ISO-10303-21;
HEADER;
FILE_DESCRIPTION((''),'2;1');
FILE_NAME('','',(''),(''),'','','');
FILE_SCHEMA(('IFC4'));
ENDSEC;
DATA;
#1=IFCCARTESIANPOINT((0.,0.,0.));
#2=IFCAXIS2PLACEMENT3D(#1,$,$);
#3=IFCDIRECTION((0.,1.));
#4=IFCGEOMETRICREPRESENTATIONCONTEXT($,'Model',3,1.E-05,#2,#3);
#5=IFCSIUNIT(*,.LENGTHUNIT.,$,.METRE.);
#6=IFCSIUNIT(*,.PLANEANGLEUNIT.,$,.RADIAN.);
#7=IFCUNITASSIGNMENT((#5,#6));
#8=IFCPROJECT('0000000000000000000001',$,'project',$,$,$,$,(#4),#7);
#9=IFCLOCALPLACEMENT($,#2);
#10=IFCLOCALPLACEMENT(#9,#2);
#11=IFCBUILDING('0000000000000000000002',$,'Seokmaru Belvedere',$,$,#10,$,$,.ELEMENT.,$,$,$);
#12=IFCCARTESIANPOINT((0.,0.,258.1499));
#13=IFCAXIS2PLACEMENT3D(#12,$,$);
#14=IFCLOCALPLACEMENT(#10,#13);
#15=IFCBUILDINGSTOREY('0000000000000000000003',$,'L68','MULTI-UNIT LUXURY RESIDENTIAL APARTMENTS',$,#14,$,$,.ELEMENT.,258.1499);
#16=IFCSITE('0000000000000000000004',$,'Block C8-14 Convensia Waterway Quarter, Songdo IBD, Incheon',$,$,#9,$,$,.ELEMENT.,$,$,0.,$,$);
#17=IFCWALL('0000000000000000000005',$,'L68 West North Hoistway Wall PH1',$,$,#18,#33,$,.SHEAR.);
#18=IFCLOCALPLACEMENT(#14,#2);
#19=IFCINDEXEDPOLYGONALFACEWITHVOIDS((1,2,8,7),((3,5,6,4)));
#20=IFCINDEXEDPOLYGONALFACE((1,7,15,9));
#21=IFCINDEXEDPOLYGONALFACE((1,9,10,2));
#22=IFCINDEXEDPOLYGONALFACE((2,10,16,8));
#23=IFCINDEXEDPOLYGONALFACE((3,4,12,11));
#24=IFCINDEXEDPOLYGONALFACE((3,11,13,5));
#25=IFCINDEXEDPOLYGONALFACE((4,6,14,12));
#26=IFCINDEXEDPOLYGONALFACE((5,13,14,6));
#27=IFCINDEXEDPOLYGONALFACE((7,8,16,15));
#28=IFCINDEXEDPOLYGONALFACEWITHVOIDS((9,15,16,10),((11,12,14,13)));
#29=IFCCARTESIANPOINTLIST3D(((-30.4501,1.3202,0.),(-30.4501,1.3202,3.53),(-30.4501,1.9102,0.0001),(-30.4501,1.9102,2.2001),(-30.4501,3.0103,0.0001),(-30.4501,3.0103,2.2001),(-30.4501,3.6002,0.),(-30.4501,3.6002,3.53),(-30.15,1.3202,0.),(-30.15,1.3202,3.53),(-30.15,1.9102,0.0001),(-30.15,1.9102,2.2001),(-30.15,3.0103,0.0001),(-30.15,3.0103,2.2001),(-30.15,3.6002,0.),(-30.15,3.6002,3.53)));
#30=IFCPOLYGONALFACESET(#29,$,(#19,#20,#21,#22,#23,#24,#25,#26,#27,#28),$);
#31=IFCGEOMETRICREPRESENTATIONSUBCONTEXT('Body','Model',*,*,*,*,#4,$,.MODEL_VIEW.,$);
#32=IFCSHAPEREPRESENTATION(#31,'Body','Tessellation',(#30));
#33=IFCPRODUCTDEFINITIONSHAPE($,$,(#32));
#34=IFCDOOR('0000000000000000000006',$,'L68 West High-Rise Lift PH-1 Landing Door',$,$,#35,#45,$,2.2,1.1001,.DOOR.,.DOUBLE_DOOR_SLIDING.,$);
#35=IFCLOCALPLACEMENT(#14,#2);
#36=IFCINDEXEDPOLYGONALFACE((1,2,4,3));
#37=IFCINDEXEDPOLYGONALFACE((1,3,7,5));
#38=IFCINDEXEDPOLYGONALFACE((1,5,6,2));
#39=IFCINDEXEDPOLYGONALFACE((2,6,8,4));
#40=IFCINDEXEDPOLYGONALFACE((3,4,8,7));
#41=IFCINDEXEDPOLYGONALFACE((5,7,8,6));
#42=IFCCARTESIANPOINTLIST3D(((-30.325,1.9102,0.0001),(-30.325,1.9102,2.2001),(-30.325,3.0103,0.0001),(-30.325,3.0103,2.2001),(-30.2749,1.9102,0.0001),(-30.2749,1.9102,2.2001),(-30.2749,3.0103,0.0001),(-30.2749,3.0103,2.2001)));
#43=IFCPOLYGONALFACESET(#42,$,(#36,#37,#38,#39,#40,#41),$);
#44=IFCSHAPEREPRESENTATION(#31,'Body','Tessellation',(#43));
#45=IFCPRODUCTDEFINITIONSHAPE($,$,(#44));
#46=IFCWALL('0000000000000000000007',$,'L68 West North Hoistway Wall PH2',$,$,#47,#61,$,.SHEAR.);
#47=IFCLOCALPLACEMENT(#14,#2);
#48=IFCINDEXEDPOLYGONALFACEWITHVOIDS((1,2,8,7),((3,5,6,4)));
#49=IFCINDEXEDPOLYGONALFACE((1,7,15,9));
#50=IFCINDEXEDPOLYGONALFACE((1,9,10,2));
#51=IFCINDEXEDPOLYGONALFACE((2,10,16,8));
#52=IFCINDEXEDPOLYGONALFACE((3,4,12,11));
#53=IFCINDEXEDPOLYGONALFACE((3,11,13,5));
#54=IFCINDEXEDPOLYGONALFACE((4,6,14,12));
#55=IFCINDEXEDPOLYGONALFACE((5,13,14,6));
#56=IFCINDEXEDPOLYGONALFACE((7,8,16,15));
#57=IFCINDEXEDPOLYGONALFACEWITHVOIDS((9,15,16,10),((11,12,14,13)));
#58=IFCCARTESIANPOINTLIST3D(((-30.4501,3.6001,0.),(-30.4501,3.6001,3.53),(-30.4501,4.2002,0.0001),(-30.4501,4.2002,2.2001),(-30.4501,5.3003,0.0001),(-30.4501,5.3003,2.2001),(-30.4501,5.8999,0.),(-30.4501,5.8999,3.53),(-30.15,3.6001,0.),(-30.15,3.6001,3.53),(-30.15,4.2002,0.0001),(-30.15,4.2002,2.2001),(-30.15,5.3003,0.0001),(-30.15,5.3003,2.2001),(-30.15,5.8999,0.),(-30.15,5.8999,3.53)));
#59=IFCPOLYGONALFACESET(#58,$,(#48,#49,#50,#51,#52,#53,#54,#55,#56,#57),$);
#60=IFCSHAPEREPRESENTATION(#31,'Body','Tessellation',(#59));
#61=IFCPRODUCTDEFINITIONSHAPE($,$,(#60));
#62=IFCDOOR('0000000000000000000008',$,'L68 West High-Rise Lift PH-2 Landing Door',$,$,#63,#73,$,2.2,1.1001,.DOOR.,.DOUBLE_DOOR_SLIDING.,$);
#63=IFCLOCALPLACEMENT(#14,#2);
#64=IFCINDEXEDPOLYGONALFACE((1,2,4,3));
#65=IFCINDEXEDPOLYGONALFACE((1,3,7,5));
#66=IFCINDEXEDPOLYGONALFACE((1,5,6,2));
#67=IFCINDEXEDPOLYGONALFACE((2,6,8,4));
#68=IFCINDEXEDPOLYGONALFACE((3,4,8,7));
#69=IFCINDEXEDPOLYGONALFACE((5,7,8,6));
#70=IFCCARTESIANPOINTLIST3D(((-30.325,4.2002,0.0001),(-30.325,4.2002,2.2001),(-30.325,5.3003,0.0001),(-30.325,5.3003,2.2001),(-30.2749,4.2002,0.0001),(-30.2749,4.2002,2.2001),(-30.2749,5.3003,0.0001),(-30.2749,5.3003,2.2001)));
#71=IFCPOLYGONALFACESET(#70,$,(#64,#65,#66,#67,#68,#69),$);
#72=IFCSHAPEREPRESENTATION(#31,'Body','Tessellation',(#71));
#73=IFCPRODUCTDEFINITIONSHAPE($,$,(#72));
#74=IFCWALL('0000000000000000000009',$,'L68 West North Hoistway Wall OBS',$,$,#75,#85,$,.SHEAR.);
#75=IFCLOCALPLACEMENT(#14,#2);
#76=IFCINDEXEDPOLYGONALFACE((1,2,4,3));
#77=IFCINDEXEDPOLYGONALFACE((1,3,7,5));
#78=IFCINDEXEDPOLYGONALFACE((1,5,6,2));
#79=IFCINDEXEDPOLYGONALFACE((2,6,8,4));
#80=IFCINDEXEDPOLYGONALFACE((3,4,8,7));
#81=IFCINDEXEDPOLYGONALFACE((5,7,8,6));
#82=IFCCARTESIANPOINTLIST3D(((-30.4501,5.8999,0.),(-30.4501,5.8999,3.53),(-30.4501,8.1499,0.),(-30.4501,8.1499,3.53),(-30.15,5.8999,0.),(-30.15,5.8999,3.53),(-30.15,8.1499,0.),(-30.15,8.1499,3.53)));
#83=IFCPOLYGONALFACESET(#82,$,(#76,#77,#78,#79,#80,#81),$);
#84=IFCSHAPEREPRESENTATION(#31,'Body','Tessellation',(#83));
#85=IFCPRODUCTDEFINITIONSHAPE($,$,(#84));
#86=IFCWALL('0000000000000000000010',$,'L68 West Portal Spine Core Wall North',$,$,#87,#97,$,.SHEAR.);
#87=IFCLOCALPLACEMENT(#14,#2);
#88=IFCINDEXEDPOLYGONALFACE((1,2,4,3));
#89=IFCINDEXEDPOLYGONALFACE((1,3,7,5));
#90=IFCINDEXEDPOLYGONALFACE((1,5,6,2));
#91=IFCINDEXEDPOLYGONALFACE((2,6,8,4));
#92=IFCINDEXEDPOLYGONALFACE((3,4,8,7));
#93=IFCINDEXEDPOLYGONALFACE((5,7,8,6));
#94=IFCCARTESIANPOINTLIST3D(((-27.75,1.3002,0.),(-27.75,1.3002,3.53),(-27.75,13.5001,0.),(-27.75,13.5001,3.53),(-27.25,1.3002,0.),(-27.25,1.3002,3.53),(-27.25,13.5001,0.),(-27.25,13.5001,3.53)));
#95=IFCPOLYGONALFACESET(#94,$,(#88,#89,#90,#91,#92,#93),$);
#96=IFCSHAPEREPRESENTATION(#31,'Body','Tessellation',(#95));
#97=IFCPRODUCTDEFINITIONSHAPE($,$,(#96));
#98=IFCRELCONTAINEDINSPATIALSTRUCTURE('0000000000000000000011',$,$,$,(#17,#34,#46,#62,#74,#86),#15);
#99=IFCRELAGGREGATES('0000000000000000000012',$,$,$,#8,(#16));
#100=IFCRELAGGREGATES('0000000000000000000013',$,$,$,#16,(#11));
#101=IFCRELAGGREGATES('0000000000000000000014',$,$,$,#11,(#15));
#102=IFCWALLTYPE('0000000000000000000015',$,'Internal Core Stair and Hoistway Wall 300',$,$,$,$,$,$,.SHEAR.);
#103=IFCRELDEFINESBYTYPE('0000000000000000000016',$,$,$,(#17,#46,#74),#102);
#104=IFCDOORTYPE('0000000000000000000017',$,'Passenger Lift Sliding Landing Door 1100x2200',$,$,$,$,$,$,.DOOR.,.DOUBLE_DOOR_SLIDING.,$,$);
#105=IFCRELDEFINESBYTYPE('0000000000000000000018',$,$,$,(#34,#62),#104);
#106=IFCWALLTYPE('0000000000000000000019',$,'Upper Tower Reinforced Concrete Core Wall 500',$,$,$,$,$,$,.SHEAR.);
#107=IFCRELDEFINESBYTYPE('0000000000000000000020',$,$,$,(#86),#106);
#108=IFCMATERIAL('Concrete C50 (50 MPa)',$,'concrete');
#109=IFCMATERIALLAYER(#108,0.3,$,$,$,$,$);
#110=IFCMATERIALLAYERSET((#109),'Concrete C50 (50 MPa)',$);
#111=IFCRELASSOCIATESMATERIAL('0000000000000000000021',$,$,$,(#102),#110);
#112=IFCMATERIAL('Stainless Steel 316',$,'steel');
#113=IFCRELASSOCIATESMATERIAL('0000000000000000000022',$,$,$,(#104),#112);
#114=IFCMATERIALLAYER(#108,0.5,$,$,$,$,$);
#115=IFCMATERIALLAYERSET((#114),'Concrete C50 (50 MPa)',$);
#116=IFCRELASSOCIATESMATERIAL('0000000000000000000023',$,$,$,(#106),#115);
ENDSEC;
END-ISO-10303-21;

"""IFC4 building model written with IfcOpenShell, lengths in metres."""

from ifc_helpers import new_model, si_unit, direction, frame, frame_2d, origin, place, context, subcontext, project, spatial, rectangle, extrude, source, transform, mapped, material, layer, layer_set, type_object, type_shapes, element, fill, save


model = new_model("IFC4")

# Units and contexts
model_context = context("Model", 3, precision=1e-05, world=origin(), true_north=direction((0.0, 1.0)))
body_context = subcontext(model_context, "Body", "Model", "MODEL_VIEW")
ifc_project = project(units=[si_unit("LENGTHUNIT", "METRE"), si_unit("PLANEANGLEUNIT", "RADIAN")], contexts=[model_context])

# Site, building, storey
site_placement = place(None, origin())
site = spatial("IfcSite", under=ifc_project, at=site_placement, Name="Block C8-14 Convensia Waterway Quarter, Songdo IBD, Incheon", CompositionType="ELEMENT", RefElevation=0.0)
building_placement = place(site_placement, origin())
building = spatial("IfcBuilding", under=site, at=building_placement, Name="Seokmaru Belvedere", CompositionType="ELEMENT")
storey_placement = place(building_placement, frame((0.0, 0.0, 258.1499)))
storey = spatial("IfcBuildingStorey", under=building, at=storey_placement, Name="L68", Description="MULTI-UNIT LUXURY RESIDENTIAL APARTMENTS", CompositionType="ELEMENT", Elevation=258.1499)

# Walls, openings, doors
ifc_material_1 = material(Name="Concrete C50 (50 MPa)", Category="concrete")
ifc_layer_1 = layer(ifc_material_1, 0.3)
ifc_layer_set_1 = layer_set([ifc_layer_1], Name="Concrete C50 (50 MPa)")
wall_type_1 = type_object("IfcWallType", Name="Internal Core Stair and Hoistway Wall 300", PredefinedType="SHEAR", material=ifc_layer_set_1)
wall_1_placement = place(storey_placement, frame((-30.3, 1.3201, 0.0), z_axis=(0.0, 0.0, 1.0), x_axis=(0.0, 1.0, 0.0)))
wall_1 = element("IfcWall", 1, at=wall_1_placement, inside=storey, type_object=wall_type_1, Name="L68 West North Hoistway Wall PH1", PredefinedType="SHEAR", context=body_context, shape_type="SweptSolid", body=[
    extrude(rectangle(XDim=2.28, YDim=0.3, at=frame_2d((1.1401, 0.0))), origin(), (0.0, 0.0, 1.0), 3.53),
])
opening_1_placement = place(wall_1_placement, frame((0.5901, 0.0, 0.0)))
opening_1 = element("IfcOpeningElement", 2, at=opening_1_placement, cuts=wall_1, PredefinedType="OPENING", context=body_context, shape_type="SweptSolid", body=[
    extrude(rectangle(XDim=1.1001, YDim=2.2, at=frame_2d((0.55, 1.1001))), frame((0.0, 0.1602, 0.0), z_axis=(0.0, -1.0, 0.0), x_axis=(1.0, 0.0, 0.0)), (0.0, 0.0, 1.0), 0.3201),
])
ifc_material_2 = material(Name="Stainless Steel 316", Category="steel")
door_type_1 = type_object("IfcDoorType", Name="Passenger Lift Sliding Landing Door 1100x2200", OperationType="DOUBLE_DOOR_SLIDING", PredefinedType="DOOR", material=ifc_material_2)
shared_shape_1 = source(origin(), body_context, "Body", "SweptSolid", [
    extrude(rectangle(XDim=1.1001, YDim=2.2, at=frame_2d((0.55, 1.1001))), frame((0.0, 0.0249, 0.0), z_axis=(0.0, -1.0, 0.0), x_axis=(1.0, 0.0, 0.0)), (0.0, 0.0, 1.0), 0.05),
])
type_shapes(door_type_1, [shared_shape_1])
door_1_placement = place(opening_1_placement, origin())
door_1 = element("IfcDoor", 3, at=door_1_placement, inside=storey, type_object=door_type_1, Name="L68 West High-Rise Lift PH-1 Landing Door", OperationType="DOUBLE_DOOR_SLIDING", OverallHeight=2.2, OverallWidth=1.1001, PredefinedType="DOOR", context=body_context, shape_type="MappedRepresentation", body=[
    mapped(shared_shape_1, transform((0.0, 0.0, 0.0), scale=1.0)),
])
fill(opening_1, door_1)
wall_2_placement = place(storey_placement, frame((-30.3, 3.6001, 0.0), z_axis=(0.0, 0.0, 1.0), x_axis=(0.0, 1.0, 0.0)))
wall_2 = element("IfcWall", 4, at=wall_2_placement, inside=storey, type_object=wall_type_1, Name="L68 West North Hoistway Wall PH2", PredefinedType="SHEAR", context=body_context, shape_type="SweptSolid", body=[
    extrude(rectangle(XDim=2.2998, YDim=0.3, at=frame_2d((1.1499, 0.0))), origin(), (0.0, 0.0, 1.0), 3.53),
])
opening_2_placement = place(wall_2_placement, frame((0.6001, 0.0, 0.0)))
opening_2 = element("IfcOpeningElement", 5, at=opening_2_placement, cuts=wall_2, PredefinedType="OPENING", context=body_context, shape_type="SweptSolid", body=[
    extrude(rectangle(XDim=1.1001, YDim=2.2, at=frame_2d((0.55, 1.1001))), frame((0.0, 0.1602, 0.0), z_axis=(0.0, -1.0, 0.0), x_axis=(1.0, 0.0, 0.0)), (0.0, 0.0, 1.0), 0.3201),
])
door_2_placement = place(opening_2_placement, origin())
door_2 = element("IfcDoor", 6, at=door_2_placement, inside=storey, type_object=door_type_1, Name="L68 West High-Rise Lift PH-2 Landing Door", OperationType="DOUBLE_DOOR_SLIDING", OverallHeight=2.2, OverallWidth=1.1001, PredefinedType="DOOR", context=body_context, shape_type="MappedRepresentation", body=[
    mapped(shared_shape_1, transform((0.0, 0.0, 0.0), scale=1.0)),
])
fill(opening_2, door_2)

# Wall
wall_3_placement = place(storey_placement, frame((-30.3, 5.8999, 0.0), z_axis=(0.0, 0.0, 1.0), x_axis=(0.0, 1.0, 0.0)))
element("IfcWall", 7, at=wall_3_placement, inside=storey, type_object=wall_type_1, Name="L68 West North Hoistway Wall OBS", PredefinedType="SHEAR", context=body_context, shape_type="SweptSolid", body=[
    extrude(rectangle(XDim=2.25, YDim=0.3, at=frame_2d((1.125, 0.0))), origin(), (0.0, 0.0, 1.0), 3.53),
])

# Wall
ifc_layer_2 = layer(ifc_material_1, 0.5)
ifc_layer_set_2 = layer_set([ifc_layer_2], Name="Concrete C50 (50 MPa)")
wall_type_2 = type_object("IfcWallType", Name="Upper Tower Reinforced Concrete Core Wall 500", PredefinedType="SHEAR", material=ifc_layer_set_2)
wall_4_placement = place(storey_placement, frame((-27.5, 1.3, 0.0), z_axis=(0.0, 0.0, 1.0), x_axis=(0.0, 1.0, 0.0)))
element("IfcWall", 8, at=wall_4_placement, inside=storey, type_object=wall_type_2, Name="L68 West Portal Spine Core Wall North", PredefinedType="SHEAR", context=body_context, shape_type="SweptSolid", body=[
    extrude(rectangle(XDim=12.2, YDim=0.5, at=frame_2d((6.1001, 0.0))), origin(), (0.0, 0.0, 1.0), 3.53),
])

save(model, "model.ifc")
